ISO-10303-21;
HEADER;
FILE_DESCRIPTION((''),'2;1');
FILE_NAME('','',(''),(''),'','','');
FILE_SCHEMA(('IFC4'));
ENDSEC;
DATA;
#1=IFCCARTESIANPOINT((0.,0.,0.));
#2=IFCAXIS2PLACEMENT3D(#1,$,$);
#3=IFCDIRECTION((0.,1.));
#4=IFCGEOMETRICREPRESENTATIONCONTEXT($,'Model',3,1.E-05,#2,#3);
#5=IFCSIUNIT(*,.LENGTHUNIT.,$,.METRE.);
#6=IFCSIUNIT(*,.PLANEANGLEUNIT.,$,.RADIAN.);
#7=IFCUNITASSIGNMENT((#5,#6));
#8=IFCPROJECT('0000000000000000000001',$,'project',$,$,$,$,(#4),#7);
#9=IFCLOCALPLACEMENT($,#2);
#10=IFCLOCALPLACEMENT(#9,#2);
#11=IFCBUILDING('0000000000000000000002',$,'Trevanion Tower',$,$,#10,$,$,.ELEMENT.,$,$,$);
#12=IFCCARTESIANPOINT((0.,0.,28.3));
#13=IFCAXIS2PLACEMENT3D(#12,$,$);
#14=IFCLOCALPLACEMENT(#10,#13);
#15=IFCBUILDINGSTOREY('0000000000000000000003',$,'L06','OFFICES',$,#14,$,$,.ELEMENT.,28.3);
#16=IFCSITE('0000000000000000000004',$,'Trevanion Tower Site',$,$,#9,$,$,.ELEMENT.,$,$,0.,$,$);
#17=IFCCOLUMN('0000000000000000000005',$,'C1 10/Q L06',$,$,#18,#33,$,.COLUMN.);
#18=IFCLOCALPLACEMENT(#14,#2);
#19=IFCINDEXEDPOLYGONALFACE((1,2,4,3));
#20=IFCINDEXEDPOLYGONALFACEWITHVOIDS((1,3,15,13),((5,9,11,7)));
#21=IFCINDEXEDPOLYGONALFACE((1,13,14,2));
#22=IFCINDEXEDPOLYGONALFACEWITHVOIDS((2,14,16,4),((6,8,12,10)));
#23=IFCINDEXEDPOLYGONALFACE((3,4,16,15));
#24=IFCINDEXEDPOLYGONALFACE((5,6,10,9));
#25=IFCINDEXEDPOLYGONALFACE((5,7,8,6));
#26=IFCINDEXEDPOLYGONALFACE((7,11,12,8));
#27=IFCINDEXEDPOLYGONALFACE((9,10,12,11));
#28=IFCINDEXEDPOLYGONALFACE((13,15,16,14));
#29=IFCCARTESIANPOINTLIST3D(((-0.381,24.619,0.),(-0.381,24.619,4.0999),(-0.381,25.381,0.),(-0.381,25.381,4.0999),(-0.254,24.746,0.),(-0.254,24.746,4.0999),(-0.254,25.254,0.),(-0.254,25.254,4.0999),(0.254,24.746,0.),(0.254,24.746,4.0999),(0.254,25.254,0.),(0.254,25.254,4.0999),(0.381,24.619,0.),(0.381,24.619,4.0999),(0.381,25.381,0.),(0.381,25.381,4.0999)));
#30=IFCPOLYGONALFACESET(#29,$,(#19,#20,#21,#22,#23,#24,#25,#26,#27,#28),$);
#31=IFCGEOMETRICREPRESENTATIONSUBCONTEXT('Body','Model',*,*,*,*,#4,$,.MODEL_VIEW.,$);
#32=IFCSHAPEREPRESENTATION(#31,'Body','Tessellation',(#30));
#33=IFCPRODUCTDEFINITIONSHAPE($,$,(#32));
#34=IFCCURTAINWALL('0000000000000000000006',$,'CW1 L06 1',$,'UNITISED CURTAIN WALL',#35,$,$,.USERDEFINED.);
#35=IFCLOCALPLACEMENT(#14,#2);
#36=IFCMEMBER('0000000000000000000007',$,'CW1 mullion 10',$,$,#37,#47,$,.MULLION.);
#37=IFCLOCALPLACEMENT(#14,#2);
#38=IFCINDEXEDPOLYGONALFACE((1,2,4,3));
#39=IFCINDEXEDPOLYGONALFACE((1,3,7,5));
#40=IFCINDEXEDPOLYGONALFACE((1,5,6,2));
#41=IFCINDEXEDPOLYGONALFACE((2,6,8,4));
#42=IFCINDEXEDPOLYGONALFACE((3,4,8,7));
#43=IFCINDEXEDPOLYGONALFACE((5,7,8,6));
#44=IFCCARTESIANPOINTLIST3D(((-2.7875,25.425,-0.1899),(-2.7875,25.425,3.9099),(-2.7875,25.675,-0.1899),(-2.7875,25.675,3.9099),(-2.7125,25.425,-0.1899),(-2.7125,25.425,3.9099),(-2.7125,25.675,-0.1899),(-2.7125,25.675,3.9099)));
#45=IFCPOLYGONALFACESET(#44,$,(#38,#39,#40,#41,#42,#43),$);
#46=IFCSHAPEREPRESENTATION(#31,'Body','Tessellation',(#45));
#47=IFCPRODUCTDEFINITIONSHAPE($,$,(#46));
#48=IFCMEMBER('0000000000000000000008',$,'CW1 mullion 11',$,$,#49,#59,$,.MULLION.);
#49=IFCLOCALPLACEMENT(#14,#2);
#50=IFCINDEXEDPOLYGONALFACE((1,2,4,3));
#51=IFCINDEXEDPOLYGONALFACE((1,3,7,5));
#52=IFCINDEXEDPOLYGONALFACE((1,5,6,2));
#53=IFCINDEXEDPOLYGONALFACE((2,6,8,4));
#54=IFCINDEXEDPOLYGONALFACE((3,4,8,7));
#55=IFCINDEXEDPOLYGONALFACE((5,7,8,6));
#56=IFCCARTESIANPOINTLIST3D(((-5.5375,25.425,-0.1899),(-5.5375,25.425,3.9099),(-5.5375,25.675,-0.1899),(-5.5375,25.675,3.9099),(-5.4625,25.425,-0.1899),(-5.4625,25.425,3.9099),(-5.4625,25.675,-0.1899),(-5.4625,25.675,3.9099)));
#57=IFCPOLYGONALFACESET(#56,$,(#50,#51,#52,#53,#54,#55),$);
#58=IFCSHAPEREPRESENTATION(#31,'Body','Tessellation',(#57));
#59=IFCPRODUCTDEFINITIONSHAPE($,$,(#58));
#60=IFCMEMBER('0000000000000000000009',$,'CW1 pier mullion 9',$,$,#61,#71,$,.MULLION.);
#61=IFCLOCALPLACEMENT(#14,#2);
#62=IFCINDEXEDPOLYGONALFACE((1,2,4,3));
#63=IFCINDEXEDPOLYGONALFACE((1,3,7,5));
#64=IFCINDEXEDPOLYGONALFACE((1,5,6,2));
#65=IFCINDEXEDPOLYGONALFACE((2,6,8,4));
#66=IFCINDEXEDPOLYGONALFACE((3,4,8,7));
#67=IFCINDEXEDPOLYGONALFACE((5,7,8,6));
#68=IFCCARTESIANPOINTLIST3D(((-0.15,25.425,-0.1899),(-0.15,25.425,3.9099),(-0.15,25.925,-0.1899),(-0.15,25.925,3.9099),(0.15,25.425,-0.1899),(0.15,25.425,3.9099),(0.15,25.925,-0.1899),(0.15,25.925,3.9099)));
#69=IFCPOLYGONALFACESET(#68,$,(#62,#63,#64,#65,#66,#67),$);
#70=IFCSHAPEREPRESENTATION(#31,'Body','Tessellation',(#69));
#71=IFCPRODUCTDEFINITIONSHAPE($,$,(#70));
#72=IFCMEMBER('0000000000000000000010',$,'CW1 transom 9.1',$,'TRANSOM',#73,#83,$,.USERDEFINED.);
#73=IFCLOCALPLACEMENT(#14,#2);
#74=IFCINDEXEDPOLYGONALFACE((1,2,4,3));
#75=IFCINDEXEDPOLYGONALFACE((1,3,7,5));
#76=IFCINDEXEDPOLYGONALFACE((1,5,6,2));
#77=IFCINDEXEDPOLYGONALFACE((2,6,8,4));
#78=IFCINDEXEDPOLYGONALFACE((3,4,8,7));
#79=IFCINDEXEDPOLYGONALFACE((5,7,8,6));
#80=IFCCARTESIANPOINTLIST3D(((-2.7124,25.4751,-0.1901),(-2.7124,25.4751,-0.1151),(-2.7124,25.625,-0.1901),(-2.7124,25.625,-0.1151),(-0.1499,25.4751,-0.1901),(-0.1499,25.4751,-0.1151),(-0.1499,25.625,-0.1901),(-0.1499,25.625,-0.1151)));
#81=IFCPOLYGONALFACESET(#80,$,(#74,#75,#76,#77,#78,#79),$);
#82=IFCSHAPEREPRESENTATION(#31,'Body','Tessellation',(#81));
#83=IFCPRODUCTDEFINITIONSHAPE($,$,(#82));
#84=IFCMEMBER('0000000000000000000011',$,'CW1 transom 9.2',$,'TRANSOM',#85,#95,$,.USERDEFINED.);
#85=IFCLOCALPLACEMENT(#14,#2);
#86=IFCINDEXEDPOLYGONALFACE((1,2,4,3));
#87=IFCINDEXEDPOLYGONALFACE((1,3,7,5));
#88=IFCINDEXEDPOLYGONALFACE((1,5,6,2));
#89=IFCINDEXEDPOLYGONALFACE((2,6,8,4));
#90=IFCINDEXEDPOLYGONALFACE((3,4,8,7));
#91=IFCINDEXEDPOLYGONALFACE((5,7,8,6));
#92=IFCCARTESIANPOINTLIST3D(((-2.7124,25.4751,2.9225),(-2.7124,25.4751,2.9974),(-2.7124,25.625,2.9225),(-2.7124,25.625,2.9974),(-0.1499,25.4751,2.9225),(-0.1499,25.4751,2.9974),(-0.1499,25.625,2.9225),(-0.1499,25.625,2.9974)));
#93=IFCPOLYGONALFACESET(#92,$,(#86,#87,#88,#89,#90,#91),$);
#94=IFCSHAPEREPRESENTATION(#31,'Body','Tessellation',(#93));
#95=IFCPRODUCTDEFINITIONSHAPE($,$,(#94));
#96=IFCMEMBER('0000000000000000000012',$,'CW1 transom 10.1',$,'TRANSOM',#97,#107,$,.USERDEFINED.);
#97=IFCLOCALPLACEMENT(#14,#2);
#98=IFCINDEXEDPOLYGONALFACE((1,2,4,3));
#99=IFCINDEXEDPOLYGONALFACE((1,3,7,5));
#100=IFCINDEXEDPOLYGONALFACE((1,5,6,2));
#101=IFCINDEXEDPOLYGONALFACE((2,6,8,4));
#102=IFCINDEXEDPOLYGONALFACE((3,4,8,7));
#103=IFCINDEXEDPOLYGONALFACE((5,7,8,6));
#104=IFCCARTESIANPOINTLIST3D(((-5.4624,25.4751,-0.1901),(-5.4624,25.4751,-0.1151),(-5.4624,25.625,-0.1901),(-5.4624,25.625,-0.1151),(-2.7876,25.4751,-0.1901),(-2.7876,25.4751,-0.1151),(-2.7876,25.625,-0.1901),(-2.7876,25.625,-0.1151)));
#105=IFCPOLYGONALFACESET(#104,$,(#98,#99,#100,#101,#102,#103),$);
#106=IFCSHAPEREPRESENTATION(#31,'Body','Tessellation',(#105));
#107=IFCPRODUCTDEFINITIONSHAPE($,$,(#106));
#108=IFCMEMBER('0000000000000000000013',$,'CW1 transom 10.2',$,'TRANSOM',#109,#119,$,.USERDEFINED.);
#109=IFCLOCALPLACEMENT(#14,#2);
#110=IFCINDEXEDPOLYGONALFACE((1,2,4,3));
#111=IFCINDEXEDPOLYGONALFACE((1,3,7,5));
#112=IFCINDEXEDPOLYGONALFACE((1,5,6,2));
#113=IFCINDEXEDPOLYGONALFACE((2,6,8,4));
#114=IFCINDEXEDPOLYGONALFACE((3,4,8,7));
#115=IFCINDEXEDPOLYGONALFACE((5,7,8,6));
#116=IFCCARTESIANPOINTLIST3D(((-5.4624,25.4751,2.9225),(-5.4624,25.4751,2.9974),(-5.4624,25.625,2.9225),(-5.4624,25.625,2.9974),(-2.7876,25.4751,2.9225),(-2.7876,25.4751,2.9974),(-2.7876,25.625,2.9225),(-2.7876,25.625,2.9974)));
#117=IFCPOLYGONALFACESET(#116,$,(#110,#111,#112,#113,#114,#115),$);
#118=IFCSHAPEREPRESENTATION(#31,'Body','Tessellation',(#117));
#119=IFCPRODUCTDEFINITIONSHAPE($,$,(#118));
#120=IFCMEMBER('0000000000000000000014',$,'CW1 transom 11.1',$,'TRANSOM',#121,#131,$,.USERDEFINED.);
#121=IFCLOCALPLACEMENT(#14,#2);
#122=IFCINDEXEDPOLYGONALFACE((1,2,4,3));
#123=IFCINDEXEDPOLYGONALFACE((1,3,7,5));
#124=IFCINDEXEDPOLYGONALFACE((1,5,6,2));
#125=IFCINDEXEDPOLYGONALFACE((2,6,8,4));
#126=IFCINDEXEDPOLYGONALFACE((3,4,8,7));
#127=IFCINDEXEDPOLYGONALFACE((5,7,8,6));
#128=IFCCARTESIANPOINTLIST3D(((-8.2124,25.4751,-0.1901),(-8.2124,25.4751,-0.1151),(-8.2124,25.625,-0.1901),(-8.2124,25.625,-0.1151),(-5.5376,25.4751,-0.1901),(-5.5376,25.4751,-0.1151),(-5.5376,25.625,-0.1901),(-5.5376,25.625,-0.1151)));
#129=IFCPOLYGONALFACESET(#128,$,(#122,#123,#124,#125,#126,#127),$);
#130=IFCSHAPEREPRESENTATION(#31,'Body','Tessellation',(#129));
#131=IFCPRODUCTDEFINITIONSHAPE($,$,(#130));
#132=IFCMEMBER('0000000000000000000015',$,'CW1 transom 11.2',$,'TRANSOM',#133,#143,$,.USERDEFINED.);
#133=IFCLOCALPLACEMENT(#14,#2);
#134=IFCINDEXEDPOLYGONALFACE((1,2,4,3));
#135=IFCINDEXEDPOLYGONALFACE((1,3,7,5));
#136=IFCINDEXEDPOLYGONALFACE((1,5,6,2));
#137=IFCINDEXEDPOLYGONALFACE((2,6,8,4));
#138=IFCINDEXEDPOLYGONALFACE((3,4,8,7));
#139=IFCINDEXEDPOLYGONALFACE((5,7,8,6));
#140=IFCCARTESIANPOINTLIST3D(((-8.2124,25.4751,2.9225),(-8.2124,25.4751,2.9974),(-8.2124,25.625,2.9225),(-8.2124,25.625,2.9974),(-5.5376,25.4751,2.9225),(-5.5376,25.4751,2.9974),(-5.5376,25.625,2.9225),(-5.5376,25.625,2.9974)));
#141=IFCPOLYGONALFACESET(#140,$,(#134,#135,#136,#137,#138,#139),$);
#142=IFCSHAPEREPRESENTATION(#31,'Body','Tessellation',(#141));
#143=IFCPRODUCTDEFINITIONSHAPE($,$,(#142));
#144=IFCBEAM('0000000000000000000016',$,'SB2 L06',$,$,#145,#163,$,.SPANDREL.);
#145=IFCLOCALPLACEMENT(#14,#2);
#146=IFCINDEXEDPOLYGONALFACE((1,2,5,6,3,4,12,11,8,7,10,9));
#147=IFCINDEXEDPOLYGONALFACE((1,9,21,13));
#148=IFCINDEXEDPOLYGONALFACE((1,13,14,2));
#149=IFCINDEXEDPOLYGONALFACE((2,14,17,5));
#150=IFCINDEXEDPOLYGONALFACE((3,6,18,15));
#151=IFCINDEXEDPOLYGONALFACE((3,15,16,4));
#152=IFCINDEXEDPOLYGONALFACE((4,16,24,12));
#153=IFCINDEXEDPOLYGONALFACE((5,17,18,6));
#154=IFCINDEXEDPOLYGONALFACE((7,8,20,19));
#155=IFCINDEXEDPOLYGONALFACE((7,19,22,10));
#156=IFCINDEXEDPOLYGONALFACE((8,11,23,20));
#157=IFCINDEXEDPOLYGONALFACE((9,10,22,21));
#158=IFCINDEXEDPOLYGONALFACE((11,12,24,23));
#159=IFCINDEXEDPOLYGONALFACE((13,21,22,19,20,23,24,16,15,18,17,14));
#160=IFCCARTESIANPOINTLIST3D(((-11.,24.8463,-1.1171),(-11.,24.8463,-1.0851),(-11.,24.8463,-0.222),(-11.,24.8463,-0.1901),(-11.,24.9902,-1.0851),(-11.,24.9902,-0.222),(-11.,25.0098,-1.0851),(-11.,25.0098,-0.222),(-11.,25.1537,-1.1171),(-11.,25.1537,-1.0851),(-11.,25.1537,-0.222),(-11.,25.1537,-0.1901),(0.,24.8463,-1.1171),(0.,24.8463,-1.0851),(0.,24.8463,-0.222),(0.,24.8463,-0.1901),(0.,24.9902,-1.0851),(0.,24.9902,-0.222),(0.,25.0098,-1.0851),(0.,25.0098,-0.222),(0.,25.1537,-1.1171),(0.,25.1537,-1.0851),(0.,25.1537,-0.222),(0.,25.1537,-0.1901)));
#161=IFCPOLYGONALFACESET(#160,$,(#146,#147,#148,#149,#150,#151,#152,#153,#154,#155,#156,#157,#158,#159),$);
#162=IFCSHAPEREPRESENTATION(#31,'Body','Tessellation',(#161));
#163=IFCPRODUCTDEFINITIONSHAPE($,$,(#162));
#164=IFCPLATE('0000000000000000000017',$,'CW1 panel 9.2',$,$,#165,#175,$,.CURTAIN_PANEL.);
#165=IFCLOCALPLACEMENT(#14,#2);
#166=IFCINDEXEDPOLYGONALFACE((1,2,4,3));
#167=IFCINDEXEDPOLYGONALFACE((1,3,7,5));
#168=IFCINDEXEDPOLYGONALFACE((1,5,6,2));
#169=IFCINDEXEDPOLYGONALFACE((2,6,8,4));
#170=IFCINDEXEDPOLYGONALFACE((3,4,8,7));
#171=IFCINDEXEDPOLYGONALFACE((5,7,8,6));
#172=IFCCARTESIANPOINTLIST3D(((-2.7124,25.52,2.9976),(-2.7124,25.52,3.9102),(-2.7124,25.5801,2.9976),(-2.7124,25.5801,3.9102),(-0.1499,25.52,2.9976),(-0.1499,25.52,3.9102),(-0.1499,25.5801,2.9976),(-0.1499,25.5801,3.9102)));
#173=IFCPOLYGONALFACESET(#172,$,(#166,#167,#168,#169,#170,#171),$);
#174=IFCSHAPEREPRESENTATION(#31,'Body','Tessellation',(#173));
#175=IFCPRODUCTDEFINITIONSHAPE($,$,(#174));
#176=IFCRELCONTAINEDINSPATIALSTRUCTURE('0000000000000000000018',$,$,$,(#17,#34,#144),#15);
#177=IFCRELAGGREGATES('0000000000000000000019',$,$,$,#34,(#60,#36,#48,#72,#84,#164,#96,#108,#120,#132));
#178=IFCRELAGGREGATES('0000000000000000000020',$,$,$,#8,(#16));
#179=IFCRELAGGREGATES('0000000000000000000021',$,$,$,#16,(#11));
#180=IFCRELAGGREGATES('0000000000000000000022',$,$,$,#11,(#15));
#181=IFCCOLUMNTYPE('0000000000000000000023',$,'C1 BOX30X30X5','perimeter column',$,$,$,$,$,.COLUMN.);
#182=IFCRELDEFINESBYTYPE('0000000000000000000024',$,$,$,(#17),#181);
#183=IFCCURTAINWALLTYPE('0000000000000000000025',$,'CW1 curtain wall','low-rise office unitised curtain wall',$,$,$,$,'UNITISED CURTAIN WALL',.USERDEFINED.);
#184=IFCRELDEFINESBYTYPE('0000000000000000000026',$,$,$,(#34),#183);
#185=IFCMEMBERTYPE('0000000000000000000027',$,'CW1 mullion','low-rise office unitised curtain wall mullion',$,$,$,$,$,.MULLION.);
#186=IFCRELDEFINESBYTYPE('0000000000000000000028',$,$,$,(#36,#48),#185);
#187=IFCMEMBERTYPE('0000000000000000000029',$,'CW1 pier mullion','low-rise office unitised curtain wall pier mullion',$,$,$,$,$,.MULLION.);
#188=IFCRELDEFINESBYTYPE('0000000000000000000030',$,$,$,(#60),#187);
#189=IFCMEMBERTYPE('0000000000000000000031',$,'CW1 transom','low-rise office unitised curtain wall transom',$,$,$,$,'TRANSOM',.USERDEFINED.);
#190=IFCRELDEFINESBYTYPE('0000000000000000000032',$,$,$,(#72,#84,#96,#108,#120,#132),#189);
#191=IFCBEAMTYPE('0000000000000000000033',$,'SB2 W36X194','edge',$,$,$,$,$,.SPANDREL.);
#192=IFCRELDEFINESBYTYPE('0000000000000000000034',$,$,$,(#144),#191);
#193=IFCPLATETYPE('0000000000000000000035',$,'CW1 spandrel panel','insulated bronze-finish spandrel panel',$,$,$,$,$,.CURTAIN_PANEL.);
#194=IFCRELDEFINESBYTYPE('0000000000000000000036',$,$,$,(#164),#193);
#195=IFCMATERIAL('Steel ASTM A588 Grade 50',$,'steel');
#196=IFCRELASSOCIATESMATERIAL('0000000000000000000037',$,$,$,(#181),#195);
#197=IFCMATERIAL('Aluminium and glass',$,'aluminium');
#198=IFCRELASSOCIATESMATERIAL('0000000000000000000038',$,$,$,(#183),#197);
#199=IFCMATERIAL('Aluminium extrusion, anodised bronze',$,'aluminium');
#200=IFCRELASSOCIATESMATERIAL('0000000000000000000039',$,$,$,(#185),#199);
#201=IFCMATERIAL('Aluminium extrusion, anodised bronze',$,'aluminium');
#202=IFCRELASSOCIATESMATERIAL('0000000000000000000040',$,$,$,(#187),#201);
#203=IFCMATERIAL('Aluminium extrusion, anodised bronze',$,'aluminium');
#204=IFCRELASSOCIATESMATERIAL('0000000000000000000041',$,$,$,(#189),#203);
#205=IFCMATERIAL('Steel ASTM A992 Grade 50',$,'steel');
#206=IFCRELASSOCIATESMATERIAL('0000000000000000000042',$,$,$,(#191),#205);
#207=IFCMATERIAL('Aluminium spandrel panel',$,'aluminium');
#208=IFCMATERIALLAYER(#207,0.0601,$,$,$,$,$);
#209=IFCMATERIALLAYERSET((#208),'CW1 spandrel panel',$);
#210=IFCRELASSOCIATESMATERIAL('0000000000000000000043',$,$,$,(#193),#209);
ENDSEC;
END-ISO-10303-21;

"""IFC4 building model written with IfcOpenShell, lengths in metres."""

from ifc_helpers import new_model, si_unit, direction, frame, origin, origin_2d, place, context, subcontext, project, spatial, rectangle, hollow_rectangle, i_section, extrude, material, layer, layer_set, material_profile, profile_set, type_object, element, aggregate, save


model = new_model("IFC4")

# Units and contexts
model_context = context("Model", 3, precision=1e-05, world=origin(), true_north=direction((0.0, 1.0)))
body_context = subcontext(model_context, "Body", "Model", "MODEL_VIEW")
ifc_project = project(units=[si_unit("LENGTHUNIT", "METRE"), si_unit("PLANEANGLEUNIT", "RADIAN")], contexts=[model_context])

# Site, building, storey
site_placement = place(None, origin())
site = spatial("IfcSite", under=ifc_project, at=site_placement, Name="Trevanion Tower Site", CompositionType="ELEMENT", RefElevation=0.0)
building_placement = place(site_placement, origin())
building = spatial("IfcBuilding", under=site, at=building_placement, Name="Trevanion Tower", CompositionType="ELEMENT")
storey_placement = place(building_placement, frame((0.0, 0.0, 28.3)))
storey = spatial("IfcBuildingStorey", under=building, at=storey_placement, Name="L06", Description="OFFICES", CompositionType="ELEMENT", Elevation=28.3)

# Column
ifc_material_1 = material(Name="Steel ASTM A588 Grade 50", Category="steel")
ifc_material_profile_1 = material_profile(ifc_material_1, hollow_rectangle(XDim=0.762, YDim=0.762, WallThickness=0.127, at=origin_2d()), Name="BOX30X30X5")
ifc_profile_set_1 = profile_set([ifc_material_profile_1], Name="Steel ASTM A588 Grade 50")
column_type = type_object("IfcColumnType", Name="C1 BOX30X30X5", Description="perimeter column", PredefinedType="COLUMN", material=ifc_profile_set_1)
column_placement = place(storey_placement, frame((0.0, 25.0, 0.0), z_axis=(0.0, 0.0, 1.0), x_axis=(1.0, 0.0, 0.0)))
element("IfcColumn", 1, at=column_placement, inside=storey, type_object=column_type, Name="C1 10/Q L06", PredefinedType="COLUMN", context=body_context, shape_type="SweptSolid", body=[
    extrude(hollow_rectangle(XDim=0.762, YDim=0.762, WallThickness=0.127, at=origin_2d()), origin(), (0.0, 0.0, 1.0), 4.0999),
])

# Curtain wall, members
ifc_material_2 = material(Name="Aluminium and glass", Category="aluminium")
curtain_wall_type = type_object("IfcCurtainWallType", Name="CW1 curtain wall", Description="low-rise office unitised curtain wall", ElementType="UNITISED CURTAIN WALL", PredefinedType="USERDEFINED", material=ifc_material_2)
curtain_wall_placement = place(storey_placement, origin())
curtain_wall = element("IfcCurtainWall", 2, at=curtain_wall_placement, inside=storey, type_object=curtain_wall_type, Name="CW1 L06 1", ObjectType="UNITISED CURTAIN WALL", PredefinedType="USERDEFINED")
ifc_material_3 = material(Name="Aluminium extrusion, anodised bronze", Category="aluminium")
ifc_material_profile_2 = material_profile(ifc_material_3, rectangle(XDim=0.075, YDim=0.25, at=origin_2d()), Name="CW1 mullion")
ifc_profile_set_2 = profile_set([ifc_material_profile_2], Name="Aluminium extrusion, anodised bronze")
member_type_1 = type_object("IfcMemberType", Name="CW1 mullion", Description="low-rise office unitised curtain wall mullion", PredefinedType="MULLION", material=ifc_profile_set_2)
member_1_placement = place(storey_placement, frame((-2.75, 25.55, -0.1899), z_axis=(0.0, 0.0, 1.0), x_axis=(-1.0, 0.0, 0.0)))
member_1 = element("IfcMember", 3, at=member_1_placement, type_object=member_type_1, Name="CW1 mullion 10", PredefinedType="MULLION", context=body_context, shape_type="SweptSolid", body=[
    extrude(rectangle(XDim=0.075, YDim=0.25, at=origin_2d()), origin(), (0.0, 0.0, 1.0), 4.0999),
])
member_2_placement = place(storey_placement, frame((-5.5, 25.55, -0.1899), z_axis=(0.0, 0.0, 1.0), x_axis=(-1.0, 0.0, 0.0)))
member_2 = element("IfcMember", 4, at=member_2_placement, type_object=member_type_1, Name="CW1 mullion 11", PredefinedType="MULLION", context=body_context, shape_type="SweptSolid", body=[
    extrude(rectangle(XDim=0.075, YDim=0.25, at=origin_2d()), origin(), (0.0, 0.0, 1.0), 4.0999),
])
ifc_material_4 = material(Name="Aluminium extrusion, anodised bronze", Category="aluminium")
ifc_material_profile_3 = material_profile(ifc_material_4, rectangle(XDim=0.3, YDim=0.5, at=origin_2d()), Name="CW1 pier mullion")
ifc_profile_set_3 = profile_set([ifc_material_profile_3], Name="Aluminium extrusion, anodised bronze")
member_type_2 = type_object("IfcMemberType", Name="CW1 pier mullion", Description="low-rise office unitised curtain wall pier mullion", PredefinedType="MULLION", material=ifc_profile_set_3)
member_3_placement = place(storey_placement, frame((0.0, 25.675, -0.1899), z_axis=(0.0, 0.0, 1.0), x_axis=(-1.0, 0.0, 0.0)))
member_3 = element("IfcMember", 5, at=member_3_placement, type_object=member_type_2, Name="CW1 pier mullion 9", PredefinedType="MULLION", context=body_context, shape_type="SweptSolid", body=[
    extrude(rectangle(XDim=0.3, YDim=0.5, at=origin_2d()), origin(), (0.0, 0.0, 1.0), 4.0999),
])
ifc_material_5 = material(Name="Aluminium extrusion, anodised bronze", Category="aluminium")
ifc_material_profile_4 = material_profile(ifc_material_5, rectangle(XDim=0.1499, YDim=0.075, at=origin_2d()), Name="CW1 transom")
ifc_profile_set_4 = profile_set([ifc_material_profile_4], Name="Aluminium extrusion, anodised bronze")
member_type_3 = type_object("IfcMemberType", Name="CW1 transom", Description="low-rise office unitised curtain wall transom", ElementType="TRANSOM", PredefinedType="USERDEFINED", material=ifc_profile_set_4)
member_4_placement = place(storey_placement, frame((-0.1499, 25.55, -0.1526), z_axis=(-1.0, 0.0, 0.0), x_axis=(0.0, -1.0, 0.0)))
member_4 = element("IfcMember", 6, at=member_4_placement, type_object=member_type_3, Name="CW1 transom 9.1", ObjectType="TRANSOM", PredefinedType="USERDEFINED", context=body_context, shape_type="SweptSolid", body=[
    extrude(rectangle(XDim=0.1499, YDim=0.075, at=origin_2d()), origin(), (0.0, 0.0, 1.0), 2.5625),
])
member_5_placement = place(storey_placement, frame((-0.1499, 25.55, 2.96), z_axis=(-1.0, 0.0, 0.0), x_axis=(0.0, -1.0, 0.0)))
member_5 = element("IfcMember", 7, at=member_5_placement, type_object=member_type_3, Name="CW1 transom 9.2", ObjectType="TRANSOM", PredefinedType="USERDEFINED", context=body_context, shape_type="SweptSolid", body=[
    extrude(rectangle(XDim=0.1499, YDim=0.075, at=origin_2d()), origin(), (0.0, 0.0, 1.0), 2.5625),
])
member_6_placement = place(storey_placement, frame((-2.7876, 25.55, -0.1526), z_axis=(-1.0, 0.0, 0.0), x_axis=(0.0, -1.0, 0.0)))
member_6 = element("IfcMember", 8, at=member_6_placement, type_object=member_type_3, Name="CW1 transom 10.1", ObjectType="TRANSOM", PredefinedType="USERDEFINED", context=body_context, shape_type="SweptSolid", body=[
    extrude(rectangle(XDim=0.1499, YDim=0.075, at=origin_2d()), origin(), (0.0, 0.0, 1.0), 2.6748),
])
member_7_placement = place(storey_placement, frame((-2.7876, 25.55, 2.96), z_axis=(-1.0, 0.0, 0.0), x_axis=(0.0, -1.0, 0.0)))
member_7 = element("IfcMember", 9, at=member_7_placement, type_object=member_type_3, Name="CW1 transom 10.2", ObjectType="TRANSOM", PredefinedType="USERDEFINED", context=body_context, shape_type="SweptSolid", body=[
    extrude(rectangle(XDim=0.1499, YDim=0.075, at=origin_2d()), origin(), (0.0, 0.0, 1.0), 2.6748),
])
member_8_placement = place(storey_placement, frame((-5.5376, 25.55, -0.1526), z_axis=(-1.0, 0.0, 0.0), x_axis=(0.0, -1.0, 0.0)))
member_8 = element("IfcMember", 10, at=member_8_placement, type_object=member_type_3, Name="CW1 transom 11.1", ObjectType="TRANSOM", PredefinedType="USERDEFINED", context=body_context, shape_type="SweptSolid", body=[
    extrude(rectangle(XDim=0.1499, YDim=0.075, at=origin_2d()), origin(), (0.0, 0.0, 1.0), 2.6748),
])
member_9_placement = place(storey_placement, frame((-5.5376, 25.55, 2.96), z_axis=(-1.0, 0.0, 0.0), x_axis=(0.0, -1.0, 0.0)))
member_9 = element("IfcMember", 11, at=member_9_placement, type_object=member_type_3, Name="CW1 transom 11.2", ObjectType="TRANSOM", PredefinedType="USERDEFINED", context=body_context, shape_type="SweptSolid", body=[
    extrude(rectangle(XDim=0.1499, YDim=0.075, at=origin_2d()), origin(), (0.0, 0.0, 1.0), 2.6748),
])

# Beam
ifc_material_6 = material(Name="Steel ASTM A992 Grade 50", Category="steel")
ifc_material_profile_5 = material_profile(ifc_material_6, i_section(OverallWidth=0.3074, OverallDepth=0.927, WebThickness=0.0195, FlangeThickness=0.032, at=origin_2d()), Name="W36X194")
ifc_profile_set_5 = profile_set([ifc_material_profile_5], Name="Steel ASTM A992 Grade 50")
beam_type = type_object("IfcBeamType", Name="SB2 W36X194", Description="edge", PredefinedType="SPANDREL", material=ifc_profile_set_5)
beam_placement = place(storey_placement, frame((0.0, 25.0, -0.6536), z_axis=(-1.0, 0.0, 0.0), x_axis=(0.0, -1.0, 0.0)))
element("IfcBeam", 12, at=beam_placement, inside=storey, type_object=beam_type, Name="SB2 L06", PredefinedType="SPANDREL", context=body_context, shape_type="SweptSolid", body=[
    extrude(i_section(OverallWidth=0.3074, OverallDepth=0.927, WebThickness=0.0195, FlangeThickness=0.032, at=origin_2d()), origin(), (0.0, 0.0, 1.0), 11.0),
])

# Plate
ifc_material_7 = material(Name="Aluminium spandrel panel", Category="aluminium")
ifc_layer_1 = layer(ifc_material_7, 0.0601)
ifc_layer_set_1 = layer_set([ifc_layer_1], Name="CW1 spandrel panel")
plate_type_1 = type_object("IfcPlateType", Name="CW1 spandrel panel", Description="insulated bronze-finish spandrel panel", PredefinedType="CURTAIN_PANEL", material=ifc_layer_set_1)
plate_1_placement = place(storey_placement, frame((-1.4312, 25.55, 2.9976), z_axis=(0.0, 0.0, 1.0), x_axis=(-1.0, 0.0, 0.0)))
plate_1 = element("IfcPlate", 13, at=plate_1_placement, type_object=plate_type_1, Name="CW1 panel 9.2", PredefinedType="CURTAIN_PANEL", context=body_context, shape_type="SweptSolid", body=[
    extrude(rectangle(XDim=2.5625, YDim=0.0601, at=origin_2d()), origin(), (0.0, 0.0, 1.0), 0.9126),
])
aggregate(curtain_wall, [member_3, member_1, member_2, member_4, member_5, plate_1, member_6, member_7, member_8, member_9])

save(model, "model.ifc")
